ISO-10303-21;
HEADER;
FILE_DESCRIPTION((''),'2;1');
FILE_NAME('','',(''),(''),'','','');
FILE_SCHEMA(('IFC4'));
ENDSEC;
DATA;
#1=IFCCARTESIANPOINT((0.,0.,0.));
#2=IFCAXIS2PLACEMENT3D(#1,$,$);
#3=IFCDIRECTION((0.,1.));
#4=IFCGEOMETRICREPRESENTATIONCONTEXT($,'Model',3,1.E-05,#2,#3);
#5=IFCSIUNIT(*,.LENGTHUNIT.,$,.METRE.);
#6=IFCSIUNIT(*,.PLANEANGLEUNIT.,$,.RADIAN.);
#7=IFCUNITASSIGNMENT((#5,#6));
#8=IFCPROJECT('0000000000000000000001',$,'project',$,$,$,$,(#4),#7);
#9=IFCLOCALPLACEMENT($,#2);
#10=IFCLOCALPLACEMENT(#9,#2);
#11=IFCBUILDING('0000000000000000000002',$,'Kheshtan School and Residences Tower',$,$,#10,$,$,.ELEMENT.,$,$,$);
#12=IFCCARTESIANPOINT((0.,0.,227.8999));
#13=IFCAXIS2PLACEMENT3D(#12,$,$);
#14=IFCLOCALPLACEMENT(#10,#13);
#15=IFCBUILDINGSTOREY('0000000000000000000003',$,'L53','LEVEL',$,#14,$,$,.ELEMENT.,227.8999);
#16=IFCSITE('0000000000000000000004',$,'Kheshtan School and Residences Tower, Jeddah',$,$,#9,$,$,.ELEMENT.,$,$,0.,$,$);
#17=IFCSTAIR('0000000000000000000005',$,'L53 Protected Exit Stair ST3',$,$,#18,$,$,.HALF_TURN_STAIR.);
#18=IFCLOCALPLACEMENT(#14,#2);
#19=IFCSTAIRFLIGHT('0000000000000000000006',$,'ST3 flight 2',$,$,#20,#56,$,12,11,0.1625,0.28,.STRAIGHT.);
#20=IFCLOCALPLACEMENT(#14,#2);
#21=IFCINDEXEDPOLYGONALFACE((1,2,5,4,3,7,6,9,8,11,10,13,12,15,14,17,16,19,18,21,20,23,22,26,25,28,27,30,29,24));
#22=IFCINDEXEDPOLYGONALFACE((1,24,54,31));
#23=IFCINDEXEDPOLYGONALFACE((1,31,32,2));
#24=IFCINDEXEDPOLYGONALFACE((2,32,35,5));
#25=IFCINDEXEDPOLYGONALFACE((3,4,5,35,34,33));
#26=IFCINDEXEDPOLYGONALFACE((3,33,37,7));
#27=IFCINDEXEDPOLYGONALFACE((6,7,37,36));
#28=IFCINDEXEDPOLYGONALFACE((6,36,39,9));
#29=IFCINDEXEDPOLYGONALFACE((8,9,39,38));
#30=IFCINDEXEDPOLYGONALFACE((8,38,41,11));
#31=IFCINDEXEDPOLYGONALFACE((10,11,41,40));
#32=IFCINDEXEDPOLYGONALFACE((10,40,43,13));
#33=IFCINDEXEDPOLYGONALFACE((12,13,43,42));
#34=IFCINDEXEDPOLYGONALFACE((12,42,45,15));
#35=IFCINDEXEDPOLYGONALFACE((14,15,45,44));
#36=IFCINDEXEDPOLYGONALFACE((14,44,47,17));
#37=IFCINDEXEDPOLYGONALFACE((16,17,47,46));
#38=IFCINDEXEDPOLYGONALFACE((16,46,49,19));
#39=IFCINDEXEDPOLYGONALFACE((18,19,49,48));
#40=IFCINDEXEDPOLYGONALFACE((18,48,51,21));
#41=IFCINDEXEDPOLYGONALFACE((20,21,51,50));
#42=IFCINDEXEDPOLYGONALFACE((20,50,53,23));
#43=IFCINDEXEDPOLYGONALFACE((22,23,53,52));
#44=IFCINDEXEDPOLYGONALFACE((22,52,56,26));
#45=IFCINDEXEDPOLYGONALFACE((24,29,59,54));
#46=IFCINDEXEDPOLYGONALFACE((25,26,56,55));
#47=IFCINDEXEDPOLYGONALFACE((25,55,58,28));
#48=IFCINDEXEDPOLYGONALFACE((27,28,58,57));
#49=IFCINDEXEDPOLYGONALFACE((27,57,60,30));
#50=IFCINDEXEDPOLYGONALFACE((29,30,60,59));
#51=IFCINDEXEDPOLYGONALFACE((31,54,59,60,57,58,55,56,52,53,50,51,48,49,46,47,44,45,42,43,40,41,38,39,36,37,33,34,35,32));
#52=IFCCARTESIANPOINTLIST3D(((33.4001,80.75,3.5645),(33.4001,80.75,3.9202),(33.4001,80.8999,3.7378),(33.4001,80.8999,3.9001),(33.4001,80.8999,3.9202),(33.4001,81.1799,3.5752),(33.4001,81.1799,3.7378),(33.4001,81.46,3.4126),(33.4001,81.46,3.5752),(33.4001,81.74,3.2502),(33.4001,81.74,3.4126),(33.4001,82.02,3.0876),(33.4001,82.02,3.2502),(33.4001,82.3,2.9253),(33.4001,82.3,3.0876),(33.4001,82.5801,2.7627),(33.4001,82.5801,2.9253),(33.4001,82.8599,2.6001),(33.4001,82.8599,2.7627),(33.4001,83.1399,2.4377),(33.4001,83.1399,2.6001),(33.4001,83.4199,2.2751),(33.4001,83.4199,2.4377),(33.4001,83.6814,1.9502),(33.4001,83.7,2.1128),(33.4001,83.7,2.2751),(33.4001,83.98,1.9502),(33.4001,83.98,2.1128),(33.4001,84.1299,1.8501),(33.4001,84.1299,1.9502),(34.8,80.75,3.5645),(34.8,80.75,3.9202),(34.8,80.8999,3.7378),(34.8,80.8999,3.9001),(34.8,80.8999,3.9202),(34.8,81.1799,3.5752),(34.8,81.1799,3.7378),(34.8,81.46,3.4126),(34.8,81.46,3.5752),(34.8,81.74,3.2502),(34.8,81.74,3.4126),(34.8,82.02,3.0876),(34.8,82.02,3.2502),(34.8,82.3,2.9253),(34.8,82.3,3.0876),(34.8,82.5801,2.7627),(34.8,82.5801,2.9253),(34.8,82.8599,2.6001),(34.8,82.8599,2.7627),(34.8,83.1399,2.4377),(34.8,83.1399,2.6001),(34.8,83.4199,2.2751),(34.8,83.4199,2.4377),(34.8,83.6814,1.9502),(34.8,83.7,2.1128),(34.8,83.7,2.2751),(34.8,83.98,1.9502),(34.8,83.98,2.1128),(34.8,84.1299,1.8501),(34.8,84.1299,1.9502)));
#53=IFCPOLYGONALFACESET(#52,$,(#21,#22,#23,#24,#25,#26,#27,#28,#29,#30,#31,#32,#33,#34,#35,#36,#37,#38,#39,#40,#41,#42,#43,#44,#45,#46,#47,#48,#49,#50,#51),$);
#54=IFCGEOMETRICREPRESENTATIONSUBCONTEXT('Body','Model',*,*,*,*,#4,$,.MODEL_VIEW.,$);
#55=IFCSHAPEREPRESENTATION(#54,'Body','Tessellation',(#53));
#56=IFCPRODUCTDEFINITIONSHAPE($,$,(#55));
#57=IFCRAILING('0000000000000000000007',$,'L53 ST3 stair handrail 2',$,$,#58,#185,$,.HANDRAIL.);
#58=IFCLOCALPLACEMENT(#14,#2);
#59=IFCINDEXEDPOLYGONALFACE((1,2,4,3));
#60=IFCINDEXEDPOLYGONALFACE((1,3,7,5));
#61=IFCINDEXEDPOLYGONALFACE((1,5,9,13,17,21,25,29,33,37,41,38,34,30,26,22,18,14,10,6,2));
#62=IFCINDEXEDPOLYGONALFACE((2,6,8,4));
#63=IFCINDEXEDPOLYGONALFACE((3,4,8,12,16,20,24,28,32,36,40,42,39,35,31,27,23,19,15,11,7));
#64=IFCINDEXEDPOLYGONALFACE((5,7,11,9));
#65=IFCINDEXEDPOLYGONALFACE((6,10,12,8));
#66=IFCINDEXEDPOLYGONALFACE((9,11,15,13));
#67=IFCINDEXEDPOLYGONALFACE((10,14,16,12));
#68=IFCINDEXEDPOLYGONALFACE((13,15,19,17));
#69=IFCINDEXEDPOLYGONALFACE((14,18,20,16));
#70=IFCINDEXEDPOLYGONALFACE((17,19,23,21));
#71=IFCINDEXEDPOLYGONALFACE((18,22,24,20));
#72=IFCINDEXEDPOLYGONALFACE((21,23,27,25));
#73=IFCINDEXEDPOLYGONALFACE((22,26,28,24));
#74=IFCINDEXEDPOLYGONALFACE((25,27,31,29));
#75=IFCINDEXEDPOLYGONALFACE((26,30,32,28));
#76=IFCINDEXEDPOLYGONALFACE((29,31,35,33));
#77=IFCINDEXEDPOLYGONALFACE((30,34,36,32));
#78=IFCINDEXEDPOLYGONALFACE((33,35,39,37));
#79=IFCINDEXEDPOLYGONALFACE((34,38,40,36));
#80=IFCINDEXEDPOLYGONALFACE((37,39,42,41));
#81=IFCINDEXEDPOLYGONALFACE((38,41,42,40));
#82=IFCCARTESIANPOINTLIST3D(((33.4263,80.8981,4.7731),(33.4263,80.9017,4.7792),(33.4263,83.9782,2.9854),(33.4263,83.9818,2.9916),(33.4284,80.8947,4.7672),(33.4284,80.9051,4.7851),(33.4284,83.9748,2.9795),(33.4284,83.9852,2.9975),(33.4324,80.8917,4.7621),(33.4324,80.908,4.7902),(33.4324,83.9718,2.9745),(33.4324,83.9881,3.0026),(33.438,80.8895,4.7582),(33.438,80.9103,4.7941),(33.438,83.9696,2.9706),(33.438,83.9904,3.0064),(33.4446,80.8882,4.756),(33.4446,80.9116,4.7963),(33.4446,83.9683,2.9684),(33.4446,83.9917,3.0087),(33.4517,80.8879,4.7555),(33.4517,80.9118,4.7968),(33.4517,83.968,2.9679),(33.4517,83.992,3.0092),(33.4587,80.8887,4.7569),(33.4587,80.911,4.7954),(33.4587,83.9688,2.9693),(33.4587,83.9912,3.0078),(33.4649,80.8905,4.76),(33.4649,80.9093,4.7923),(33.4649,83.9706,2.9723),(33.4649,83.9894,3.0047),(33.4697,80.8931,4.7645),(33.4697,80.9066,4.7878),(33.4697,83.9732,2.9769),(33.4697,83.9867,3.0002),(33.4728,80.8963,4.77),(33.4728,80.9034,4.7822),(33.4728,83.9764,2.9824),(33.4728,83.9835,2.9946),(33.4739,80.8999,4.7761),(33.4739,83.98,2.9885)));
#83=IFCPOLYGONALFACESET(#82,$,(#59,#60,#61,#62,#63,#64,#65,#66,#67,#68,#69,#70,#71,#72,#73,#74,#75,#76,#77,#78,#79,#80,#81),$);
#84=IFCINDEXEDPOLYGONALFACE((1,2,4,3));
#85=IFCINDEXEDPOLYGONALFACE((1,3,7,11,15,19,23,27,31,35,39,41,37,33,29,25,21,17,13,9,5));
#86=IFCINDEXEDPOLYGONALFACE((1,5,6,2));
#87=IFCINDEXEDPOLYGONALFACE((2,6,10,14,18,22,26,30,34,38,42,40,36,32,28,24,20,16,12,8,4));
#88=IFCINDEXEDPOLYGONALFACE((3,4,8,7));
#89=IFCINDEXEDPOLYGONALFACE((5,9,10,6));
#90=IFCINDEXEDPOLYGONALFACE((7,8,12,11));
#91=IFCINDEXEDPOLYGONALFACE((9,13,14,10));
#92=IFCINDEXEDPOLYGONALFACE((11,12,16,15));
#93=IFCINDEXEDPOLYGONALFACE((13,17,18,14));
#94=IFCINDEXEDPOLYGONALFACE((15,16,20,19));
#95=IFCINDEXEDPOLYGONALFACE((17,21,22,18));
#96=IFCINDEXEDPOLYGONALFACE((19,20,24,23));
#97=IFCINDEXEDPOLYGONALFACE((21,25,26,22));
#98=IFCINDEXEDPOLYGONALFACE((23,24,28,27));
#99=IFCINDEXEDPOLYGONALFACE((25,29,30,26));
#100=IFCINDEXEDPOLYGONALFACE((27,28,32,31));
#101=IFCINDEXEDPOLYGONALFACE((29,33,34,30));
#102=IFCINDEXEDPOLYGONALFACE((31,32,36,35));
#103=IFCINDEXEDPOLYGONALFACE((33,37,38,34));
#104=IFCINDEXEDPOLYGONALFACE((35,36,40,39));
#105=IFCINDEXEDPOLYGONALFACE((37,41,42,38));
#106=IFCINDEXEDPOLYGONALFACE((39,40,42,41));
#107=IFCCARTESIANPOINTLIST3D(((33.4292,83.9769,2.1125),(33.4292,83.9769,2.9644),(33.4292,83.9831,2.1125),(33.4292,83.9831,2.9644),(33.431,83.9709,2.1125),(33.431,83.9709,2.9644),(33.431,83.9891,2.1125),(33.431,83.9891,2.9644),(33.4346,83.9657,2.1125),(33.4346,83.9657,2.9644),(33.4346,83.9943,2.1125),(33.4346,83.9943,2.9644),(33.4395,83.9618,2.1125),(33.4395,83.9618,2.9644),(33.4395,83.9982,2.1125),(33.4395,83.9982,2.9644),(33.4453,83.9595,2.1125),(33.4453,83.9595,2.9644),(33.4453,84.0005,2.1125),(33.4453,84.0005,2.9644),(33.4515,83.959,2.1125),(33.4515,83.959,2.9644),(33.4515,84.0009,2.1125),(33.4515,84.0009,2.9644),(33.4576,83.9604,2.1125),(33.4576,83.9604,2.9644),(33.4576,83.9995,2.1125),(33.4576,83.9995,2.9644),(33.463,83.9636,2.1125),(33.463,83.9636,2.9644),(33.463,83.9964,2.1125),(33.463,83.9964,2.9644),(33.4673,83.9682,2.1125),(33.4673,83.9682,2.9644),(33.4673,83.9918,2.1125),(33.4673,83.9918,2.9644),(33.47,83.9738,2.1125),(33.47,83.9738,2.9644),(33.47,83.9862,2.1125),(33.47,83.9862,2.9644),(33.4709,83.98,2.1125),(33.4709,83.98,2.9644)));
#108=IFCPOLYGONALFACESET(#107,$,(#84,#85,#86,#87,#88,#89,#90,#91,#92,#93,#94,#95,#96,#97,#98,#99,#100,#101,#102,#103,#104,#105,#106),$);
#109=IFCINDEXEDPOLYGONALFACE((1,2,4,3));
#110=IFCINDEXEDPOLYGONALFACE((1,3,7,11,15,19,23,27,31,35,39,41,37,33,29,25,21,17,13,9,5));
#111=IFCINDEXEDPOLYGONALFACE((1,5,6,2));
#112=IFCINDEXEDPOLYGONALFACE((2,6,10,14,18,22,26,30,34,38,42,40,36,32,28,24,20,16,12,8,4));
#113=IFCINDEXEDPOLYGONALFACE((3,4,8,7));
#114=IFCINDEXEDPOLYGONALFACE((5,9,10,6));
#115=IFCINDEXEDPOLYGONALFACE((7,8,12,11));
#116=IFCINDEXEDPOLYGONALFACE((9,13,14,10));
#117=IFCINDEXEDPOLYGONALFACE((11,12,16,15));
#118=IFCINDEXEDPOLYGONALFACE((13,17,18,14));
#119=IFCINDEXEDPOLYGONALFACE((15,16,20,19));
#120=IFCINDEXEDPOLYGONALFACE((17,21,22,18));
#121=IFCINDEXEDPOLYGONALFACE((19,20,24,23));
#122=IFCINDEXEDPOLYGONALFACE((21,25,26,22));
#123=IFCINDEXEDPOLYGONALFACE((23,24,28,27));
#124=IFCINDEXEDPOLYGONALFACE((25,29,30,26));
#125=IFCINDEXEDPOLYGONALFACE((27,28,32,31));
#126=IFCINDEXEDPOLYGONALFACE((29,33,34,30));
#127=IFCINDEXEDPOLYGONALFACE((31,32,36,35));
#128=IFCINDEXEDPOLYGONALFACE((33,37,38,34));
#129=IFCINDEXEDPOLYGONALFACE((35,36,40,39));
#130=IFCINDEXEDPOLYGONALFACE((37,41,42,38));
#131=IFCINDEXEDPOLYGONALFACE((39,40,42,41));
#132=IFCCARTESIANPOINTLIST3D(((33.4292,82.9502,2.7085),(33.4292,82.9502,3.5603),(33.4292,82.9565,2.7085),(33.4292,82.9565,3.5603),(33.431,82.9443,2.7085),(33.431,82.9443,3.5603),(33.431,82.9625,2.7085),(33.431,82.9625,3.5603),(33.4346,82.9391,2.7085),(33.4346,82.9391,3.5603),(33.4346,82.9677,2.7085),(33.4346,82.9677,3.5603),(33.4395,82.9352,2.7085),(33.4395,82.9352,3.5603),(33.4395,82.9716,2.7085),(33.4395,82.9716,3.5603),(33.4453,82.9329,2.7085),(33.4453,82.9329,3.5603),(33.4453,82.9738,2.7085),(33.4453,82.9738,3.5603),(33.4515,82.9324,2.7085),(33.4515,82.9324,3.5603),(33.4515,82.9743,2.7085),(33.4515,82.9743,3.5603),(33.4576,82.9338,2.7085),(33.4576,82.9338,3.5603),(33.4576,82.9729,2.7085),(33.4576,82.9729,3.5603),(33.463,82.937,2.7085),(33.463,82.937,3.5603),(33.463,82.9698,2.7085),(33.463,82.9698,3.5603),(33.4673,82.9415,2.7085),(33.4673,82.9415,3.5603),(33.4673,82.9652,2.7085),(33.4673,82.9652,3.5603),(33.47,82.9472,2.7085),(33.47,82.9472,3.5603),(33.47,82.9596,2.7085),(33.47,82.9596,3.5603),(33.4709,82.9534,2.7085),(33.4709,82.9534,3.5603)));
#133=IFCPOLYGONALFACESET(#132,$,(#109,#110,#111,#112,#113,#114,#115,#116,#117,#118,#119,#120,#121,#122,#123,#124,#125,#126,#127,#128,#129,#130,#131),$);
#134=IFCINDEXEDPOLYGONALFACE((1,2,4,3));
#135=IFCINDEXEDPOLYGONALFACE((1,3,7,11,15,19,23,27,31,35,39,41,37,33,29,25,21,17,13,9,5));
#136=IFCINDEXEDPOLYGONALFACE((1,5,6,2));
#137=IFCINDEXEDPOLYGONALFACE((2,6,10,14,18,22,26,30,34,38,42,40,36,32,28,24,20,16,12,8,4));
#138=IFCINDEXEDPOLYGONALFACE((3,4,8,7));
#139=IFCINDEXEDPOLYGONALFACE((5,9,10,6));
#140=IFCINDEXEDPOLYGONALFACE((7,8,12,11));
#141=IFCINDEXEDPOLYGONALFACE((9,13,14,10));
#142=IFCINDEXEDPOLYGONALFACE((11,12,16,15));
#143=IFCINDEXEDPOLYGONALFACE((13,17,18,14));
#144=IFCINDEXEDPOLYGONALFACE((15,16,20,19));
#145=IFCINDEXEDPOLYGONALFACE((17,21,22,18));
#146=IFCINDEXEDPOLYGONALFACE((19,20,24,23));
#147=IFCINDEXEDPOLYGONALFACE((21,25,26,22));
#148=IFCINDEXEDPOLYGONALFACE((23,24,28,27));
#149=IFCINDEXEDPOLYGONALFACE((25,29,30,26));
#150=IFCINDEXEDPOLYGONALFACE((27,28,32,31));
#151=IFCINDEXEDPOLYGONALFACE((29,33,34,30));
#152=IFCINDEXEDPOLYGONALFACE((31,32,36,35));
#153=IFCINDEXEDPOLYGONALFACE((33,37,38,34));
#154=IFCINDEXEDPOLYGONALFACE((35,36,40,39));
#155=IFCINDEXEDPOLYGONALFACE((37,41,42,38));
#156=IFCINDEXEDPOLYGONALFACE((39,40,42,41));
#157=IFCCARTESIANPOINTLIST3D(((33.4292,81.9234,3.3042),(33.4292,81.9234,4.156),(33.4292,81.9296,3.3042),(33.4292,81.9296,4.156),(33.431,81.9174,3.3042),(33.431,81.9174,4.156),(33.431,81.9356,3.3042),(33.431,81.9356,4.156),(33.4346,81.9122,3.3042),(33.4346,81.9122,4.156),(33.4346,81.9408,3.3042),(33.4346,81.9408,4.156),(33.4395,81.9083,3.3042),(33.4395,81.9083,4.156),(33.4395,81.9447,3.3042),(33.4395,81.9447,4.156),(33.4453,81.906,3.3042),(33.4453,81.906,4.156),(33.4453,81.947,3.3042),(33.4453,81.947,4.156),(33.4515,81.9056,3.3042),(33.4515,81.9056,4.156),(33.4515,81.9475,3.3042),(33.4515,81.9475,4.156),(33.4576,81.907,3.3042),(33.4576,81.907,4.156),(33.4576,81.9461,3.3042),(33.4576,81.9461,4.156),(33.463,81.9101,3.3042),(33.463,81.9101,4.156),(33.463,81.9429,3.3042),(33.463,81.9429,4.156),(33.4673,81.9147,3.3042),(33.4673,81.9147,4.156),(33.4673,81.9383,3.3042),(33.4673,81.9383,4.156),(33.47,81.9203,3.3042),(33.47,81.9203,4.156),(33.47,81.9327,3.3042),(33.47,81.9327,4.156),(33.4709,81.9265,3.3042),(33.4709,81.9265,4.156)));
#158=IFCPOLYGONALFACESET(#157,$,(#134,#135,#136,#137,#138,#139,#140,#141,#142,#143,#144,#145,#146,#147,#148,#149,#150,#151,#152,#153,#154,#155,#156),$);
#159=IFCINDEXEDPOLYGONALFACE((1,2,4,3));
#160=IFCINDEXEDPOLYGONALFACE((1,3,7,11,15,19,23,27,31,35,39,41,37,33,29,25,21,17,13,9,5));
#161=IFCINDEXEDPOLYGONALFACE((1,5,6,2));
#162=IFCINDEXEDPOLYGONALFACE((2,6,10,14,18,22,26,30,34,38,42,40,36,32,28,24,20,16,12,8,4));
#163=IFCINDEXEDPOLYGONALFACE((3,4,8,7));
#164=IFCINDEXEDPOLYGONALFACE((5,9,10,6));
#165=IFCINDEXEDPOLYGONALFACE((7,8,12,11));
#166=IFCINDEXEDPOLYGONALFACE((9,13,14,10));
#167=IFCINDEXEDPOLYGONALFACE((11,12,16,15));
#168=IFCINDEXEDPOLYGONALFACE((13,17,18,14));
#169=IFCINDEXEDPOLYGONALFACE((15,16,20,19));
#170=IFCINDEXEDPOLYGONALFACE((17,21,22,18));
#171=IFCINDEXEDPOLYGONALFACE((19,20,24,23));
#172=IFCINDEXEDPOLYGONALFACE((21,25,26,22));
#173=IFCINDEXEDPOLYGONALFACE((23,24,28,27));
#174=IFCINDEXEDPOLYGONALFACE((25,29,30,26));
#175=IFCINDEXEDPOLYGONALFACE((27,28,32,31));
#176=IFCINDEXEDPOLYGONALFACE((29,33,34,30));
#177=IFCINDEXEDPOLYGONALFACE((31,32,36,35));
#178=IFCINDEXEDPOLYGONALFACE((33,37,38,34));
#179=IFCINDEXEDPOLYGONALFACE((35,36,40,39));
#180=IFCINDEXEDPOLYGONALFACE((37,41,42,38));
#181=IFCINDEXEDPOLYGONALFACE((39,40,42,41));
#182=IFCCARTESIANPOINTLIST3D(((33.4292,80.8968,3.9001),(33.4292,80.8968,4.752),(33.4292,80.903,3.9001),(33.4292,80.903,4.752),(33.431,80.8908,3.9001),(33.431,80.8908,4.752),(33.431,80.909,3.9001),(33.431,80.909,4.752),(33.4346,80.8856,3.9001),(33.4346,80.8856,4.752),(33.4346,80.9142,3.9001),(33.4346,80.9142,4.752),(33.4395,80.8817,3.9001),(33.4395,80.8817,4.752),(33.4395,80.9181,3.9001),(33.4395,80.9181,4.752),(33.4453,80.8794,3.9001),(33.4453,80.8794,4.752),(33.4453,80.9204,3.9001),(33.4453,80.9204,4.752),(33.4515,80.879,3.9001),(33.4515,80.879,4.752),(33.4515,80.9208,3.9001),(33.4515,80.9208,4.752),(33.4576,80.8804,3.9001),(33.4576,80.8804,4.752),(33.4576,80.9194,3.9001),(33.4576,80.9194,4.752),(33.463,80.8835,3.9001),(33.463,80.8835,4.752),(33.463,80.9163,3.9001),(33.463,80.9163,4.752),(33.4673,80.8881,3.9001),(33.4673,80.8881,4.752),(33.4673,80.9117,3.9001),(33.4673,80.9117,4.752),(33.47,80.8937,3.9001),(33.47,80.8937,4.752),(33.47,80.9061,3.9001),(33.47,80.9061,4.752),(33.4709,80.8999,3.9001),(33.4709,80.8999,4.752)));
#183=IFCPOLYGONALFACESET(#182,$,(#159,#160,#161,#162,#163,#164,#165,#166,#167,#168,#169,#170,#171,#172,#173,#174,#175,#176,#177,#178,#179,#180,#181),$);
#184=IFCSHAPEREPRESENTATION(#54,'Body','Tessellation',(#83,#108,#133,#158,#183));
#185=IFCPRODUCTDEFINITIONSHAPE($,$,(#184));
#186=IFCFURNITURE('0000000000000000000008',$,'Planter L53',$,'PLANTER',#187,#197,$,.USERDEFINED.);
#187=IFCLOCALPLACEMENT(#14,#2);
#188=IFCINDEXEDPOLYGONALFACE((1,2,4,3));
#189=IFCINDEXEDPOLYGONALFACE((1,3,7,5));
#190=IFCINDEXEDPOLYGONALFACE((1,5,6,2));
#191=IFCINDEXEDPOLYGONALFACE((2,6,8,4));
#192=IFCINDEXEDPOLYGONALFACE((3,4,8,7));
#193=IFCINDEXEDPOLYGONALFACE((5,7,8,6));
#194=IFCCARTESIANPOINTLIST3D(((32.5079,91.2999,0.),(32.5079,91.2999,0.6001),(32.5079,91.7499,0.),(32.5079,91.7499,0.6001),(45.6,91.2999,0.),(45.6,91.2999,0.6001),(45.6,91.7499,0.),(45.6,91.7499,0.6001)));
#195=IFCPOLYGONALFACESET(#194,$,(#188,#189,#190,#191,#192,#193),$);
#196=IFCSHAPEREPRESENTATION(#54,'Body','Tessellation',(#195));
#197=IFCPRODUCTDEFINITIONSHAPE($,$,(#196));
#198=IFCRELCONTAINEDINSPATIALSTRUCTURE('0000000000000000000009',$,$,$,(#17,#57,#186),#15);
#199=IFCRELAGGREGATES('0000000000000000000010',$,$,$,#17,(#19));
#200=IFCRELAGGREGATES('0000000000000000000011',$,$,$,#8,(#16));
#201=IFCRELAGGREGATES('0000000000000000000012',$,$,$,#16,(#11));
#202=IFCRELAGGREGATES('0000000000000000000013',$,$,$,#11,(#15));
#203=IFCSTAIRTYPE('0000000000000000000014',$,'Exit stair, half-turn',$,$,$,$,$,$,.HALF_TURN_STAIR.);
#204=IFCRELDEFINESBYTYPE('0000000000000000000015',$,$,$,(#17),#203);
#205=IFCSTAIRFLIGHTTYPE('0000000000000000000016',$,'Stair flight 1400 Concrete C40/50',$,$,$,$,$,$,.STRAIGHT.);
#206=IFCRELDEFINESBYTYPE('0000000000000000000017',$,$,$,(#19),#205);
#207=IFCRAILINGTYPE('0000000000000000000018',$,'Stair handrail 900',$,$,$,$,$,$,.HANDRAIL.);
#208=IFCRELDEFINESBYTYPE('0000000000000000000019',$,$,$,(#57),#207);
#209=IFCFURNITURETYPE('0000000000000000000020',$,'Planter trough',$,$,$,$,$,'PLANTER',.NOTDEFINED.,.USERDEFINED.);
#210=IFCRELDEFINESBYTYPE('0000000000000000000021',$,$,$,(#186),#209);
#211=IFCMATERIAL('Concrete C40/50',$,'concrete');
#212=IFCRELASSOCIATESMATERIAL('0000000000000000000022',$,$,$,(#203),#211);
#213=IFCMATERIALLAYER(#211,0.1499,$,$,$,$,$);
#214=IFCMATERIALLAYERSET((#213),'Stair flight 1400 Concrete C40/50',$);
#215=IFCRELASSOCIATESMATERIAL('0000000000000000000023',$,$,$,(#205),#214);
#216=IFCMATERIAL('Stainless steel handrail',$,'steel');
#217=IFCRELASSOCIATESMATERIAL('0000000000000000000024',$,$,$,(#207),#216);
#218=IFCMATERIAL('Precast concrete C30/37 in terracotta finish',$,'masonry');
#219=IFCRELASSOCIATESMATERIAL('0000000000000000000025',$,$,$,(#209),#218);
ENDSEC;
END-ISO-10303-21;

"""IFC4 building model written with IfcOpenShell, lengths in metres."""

from ifc_helpers import new_model, si_unit, direction, frame, origin, origin_2d, place, context, subcontext, project, spatial, polyline, rectangle, circle, outline, extrude, material, layer, layer_set, type_object, element, aggregate, save


model = new_model("IFC4")

# Units and contexts
model_context = context("Model", 3, precision=1e-05, world=origin(), true_north=direction((0.0, 1.0)))
body_context = subcontext(model_context, "Body", "Model", "MODEL_VIEW")
ifc_project = project(units=[si_unit("LENGTHUNIT", "METRE"), si_unit("PLANEANGLEUNIT", "RADIAN")], contexts=[model_context])

# Site, building, storey
site_placement = place(None, origin())
site = spatial("IfcSite", under=ifc_project, at=site_placement, Name="Kheshtan School and Residences Tower, Jeddah", CompositionType="ELEMENT", RefElevation=0.0)
building_placement = place(site_placement, origin())
building = spatial("IfcBuilding", under=site, at=building_placement, Name="Kheshtan School and Residences Tower", CompositionType="ELEMENT")
storey_placement = place(building_placement, frame((0.0, 0.0, 227.8999)))
storey = spatial("IfcBuildingStorey", under=building, at=storey_placement, Name="L53", Description="LEVEL", CompositionType="ELEMENT", Elevation=227.8999)

# Shared definitions
ifc_material_1 = material(Name="Concrete C40/50", Category="concrete")

# Stair, stair flight
stair_type = type_object("IfcStairType", Name="Exit stair, half-turn", PredefinedType="HALF_TURN_STAIR", material=ifc_material_1)
stair_placement = place(storey_placement, origin())
stair = element("IfcStair", 1, at=stair_placement, inside=storey, type_object=stair_type, Name="L53 Protected Exit Stair ST3", PredefinedType="HALF_TURN_STAIR")
ifc_layer_1 = layer(ifc_material_1, 0.1499)
ifc_layer_set_1 = layer_set([ifc_layer_1], Name="Stair flight 1400 Concrete C40/50")
stair_flight_type = type_object("IfcStairFlightType", Name="Stair flight 1400 Concrete C40/50", PredefinedType="STRAIGHT", material=ifc_layer_set_1)
stair_flight_placement = place(storey_placement, frame((34.1001, 83.98, 1.9502), z_axis=(0.0, 0.0, 1.0), x_axis=(0.0, -1.0, 0.0)))
stair_flight = element("IfcStairFlight", 2, at=stair_flight_placement, type_object=stair_flight_type, Name="ST3 flight 2", NumberOfRisers=12, NumberOfTreads=11, PredefinedType="STRAIGHT", RiserHeight=0.1625, TreadLength=0.28, context=body_context, shape_type="SweptSolid", body=[
    extrude(outline(polyline([(-0.1499, -0.1001), (-0.1499, 0.0), (0.0, 0.0), (0.0, 0.1626), (0.28, 0.1626), (0.28, 0.325), (0.5601, 0.325), (0.5601, 0.4875), (0.8401, 0.4875), (0.8401, 0.6499), (1.1201, 0.6499), (1.1201, 0.8125), (1.3999, 0.8125), (1.3999, 0.9751), (1.6799, 0.9751), (1.6799, 1.1375), (1.96, 1.1375), (1.96, 1.3), (2.24, 1.3), (2.24, 1.4624), (2.52, 1.4624), (2.52, 1.625), (2.8, 1.625), (2.8, 1.7876), (3.0801, 1.7876), (3.0801, 1.95), (3.0801, 1.97), (3.23, 1.97), (3.23, 1.6143), (0.2986, 0.0), (-0.1499, -0.1001)])), frame((0.0, 0.7, 0.0), z_axis=(0.0, -1.0, 0.0), x_axis=(1.0, 0.0, 0.0)), (0.0, 0.0, 1.0), 1.3999),
])
aggregate(stair, [stair_flight])

# Railing
ifc_material_2 = material(Name="Stainless steel handrail", Category="steel")
railing_type_1 = type_object("IfcRailingType", Name="Stair handrail 900", PredefinedType="HANDRAIL", material=ifc_material_2)
railing_1_placement = place(storey_placement, frame((33.45, 83.98, 2.1125)))
element("IfcRailing", 3, at=railing_1_placement, inside=storey, type_object=railing_type_1, Name="L53 ST3 stair handrail 2", PredefinedType="HANDRAIL", context=body_context, shape_type="SweptSolid", body=[
    extrude(circle(Radius=0.0239, at=origin_2d()), frame((0.0, 0.0, 0.876), z_axis=(0.0, -0.864891, 0.50196), x_axis=(1.0, 0.0, 0.0)), (0.0, 0.0, 1.0), 3.5613),
    extrude(circle(Radius=0.021, at=origin_2d()), origin(), (0.0, 0.0, 1.0), 0.8518),
    extrude(circle(Radius=0.021, at=origin_2d()), frame((0.0, -1.0266, 0.5959)), (0.0, 0.0, 1.0), 0.8518),
    extrude(circle(Radius=0.021, at=origin_2d()), frame((0.0, -2.0535, 1.1917)), (0.0, 0.0, 1.0), 0.8518),
    extrude(circle(Radius=0.021, at=origin_2d()), frame((0.0, -3.0801, 1.7876)), (0.0, 0.0, 1.0), 0.8518),
])

# Furniture
ifc_material_3 = material(Name="Precast concrete C30/37 in terracotta finish", Category="masonry")
furniture_type = type_object("IfcFurnitureType", Name="Planter trough", ElementType="PLANTER", AssemblyPlace="NOTDEFINED", PredefinedType="USERDEFINED", material=ifc_material_3)
furniture_placement = place(storey_placement, frame((39.054, 91.5249, 0.0), z_axis=(0.0, 0.0, 1.0), x_axis=(1.0, 0.0, 0.0)))
element("IfcFurniture", 4, at=furniture_placement, inside=storey, type_object=furniture_type, Name="Planter L53", ObjectType="PLANTER", PredefinedType="USERDEFINED", context=body_context, shape_type="SweptSolid", body=[
    extrude(rectangle(XDim=13.092, YDim=0.45, at=origin_2d()), origin(), (0.0, 0.0, 1.0), 0.6001),
])

save(model, "model.ifc")
